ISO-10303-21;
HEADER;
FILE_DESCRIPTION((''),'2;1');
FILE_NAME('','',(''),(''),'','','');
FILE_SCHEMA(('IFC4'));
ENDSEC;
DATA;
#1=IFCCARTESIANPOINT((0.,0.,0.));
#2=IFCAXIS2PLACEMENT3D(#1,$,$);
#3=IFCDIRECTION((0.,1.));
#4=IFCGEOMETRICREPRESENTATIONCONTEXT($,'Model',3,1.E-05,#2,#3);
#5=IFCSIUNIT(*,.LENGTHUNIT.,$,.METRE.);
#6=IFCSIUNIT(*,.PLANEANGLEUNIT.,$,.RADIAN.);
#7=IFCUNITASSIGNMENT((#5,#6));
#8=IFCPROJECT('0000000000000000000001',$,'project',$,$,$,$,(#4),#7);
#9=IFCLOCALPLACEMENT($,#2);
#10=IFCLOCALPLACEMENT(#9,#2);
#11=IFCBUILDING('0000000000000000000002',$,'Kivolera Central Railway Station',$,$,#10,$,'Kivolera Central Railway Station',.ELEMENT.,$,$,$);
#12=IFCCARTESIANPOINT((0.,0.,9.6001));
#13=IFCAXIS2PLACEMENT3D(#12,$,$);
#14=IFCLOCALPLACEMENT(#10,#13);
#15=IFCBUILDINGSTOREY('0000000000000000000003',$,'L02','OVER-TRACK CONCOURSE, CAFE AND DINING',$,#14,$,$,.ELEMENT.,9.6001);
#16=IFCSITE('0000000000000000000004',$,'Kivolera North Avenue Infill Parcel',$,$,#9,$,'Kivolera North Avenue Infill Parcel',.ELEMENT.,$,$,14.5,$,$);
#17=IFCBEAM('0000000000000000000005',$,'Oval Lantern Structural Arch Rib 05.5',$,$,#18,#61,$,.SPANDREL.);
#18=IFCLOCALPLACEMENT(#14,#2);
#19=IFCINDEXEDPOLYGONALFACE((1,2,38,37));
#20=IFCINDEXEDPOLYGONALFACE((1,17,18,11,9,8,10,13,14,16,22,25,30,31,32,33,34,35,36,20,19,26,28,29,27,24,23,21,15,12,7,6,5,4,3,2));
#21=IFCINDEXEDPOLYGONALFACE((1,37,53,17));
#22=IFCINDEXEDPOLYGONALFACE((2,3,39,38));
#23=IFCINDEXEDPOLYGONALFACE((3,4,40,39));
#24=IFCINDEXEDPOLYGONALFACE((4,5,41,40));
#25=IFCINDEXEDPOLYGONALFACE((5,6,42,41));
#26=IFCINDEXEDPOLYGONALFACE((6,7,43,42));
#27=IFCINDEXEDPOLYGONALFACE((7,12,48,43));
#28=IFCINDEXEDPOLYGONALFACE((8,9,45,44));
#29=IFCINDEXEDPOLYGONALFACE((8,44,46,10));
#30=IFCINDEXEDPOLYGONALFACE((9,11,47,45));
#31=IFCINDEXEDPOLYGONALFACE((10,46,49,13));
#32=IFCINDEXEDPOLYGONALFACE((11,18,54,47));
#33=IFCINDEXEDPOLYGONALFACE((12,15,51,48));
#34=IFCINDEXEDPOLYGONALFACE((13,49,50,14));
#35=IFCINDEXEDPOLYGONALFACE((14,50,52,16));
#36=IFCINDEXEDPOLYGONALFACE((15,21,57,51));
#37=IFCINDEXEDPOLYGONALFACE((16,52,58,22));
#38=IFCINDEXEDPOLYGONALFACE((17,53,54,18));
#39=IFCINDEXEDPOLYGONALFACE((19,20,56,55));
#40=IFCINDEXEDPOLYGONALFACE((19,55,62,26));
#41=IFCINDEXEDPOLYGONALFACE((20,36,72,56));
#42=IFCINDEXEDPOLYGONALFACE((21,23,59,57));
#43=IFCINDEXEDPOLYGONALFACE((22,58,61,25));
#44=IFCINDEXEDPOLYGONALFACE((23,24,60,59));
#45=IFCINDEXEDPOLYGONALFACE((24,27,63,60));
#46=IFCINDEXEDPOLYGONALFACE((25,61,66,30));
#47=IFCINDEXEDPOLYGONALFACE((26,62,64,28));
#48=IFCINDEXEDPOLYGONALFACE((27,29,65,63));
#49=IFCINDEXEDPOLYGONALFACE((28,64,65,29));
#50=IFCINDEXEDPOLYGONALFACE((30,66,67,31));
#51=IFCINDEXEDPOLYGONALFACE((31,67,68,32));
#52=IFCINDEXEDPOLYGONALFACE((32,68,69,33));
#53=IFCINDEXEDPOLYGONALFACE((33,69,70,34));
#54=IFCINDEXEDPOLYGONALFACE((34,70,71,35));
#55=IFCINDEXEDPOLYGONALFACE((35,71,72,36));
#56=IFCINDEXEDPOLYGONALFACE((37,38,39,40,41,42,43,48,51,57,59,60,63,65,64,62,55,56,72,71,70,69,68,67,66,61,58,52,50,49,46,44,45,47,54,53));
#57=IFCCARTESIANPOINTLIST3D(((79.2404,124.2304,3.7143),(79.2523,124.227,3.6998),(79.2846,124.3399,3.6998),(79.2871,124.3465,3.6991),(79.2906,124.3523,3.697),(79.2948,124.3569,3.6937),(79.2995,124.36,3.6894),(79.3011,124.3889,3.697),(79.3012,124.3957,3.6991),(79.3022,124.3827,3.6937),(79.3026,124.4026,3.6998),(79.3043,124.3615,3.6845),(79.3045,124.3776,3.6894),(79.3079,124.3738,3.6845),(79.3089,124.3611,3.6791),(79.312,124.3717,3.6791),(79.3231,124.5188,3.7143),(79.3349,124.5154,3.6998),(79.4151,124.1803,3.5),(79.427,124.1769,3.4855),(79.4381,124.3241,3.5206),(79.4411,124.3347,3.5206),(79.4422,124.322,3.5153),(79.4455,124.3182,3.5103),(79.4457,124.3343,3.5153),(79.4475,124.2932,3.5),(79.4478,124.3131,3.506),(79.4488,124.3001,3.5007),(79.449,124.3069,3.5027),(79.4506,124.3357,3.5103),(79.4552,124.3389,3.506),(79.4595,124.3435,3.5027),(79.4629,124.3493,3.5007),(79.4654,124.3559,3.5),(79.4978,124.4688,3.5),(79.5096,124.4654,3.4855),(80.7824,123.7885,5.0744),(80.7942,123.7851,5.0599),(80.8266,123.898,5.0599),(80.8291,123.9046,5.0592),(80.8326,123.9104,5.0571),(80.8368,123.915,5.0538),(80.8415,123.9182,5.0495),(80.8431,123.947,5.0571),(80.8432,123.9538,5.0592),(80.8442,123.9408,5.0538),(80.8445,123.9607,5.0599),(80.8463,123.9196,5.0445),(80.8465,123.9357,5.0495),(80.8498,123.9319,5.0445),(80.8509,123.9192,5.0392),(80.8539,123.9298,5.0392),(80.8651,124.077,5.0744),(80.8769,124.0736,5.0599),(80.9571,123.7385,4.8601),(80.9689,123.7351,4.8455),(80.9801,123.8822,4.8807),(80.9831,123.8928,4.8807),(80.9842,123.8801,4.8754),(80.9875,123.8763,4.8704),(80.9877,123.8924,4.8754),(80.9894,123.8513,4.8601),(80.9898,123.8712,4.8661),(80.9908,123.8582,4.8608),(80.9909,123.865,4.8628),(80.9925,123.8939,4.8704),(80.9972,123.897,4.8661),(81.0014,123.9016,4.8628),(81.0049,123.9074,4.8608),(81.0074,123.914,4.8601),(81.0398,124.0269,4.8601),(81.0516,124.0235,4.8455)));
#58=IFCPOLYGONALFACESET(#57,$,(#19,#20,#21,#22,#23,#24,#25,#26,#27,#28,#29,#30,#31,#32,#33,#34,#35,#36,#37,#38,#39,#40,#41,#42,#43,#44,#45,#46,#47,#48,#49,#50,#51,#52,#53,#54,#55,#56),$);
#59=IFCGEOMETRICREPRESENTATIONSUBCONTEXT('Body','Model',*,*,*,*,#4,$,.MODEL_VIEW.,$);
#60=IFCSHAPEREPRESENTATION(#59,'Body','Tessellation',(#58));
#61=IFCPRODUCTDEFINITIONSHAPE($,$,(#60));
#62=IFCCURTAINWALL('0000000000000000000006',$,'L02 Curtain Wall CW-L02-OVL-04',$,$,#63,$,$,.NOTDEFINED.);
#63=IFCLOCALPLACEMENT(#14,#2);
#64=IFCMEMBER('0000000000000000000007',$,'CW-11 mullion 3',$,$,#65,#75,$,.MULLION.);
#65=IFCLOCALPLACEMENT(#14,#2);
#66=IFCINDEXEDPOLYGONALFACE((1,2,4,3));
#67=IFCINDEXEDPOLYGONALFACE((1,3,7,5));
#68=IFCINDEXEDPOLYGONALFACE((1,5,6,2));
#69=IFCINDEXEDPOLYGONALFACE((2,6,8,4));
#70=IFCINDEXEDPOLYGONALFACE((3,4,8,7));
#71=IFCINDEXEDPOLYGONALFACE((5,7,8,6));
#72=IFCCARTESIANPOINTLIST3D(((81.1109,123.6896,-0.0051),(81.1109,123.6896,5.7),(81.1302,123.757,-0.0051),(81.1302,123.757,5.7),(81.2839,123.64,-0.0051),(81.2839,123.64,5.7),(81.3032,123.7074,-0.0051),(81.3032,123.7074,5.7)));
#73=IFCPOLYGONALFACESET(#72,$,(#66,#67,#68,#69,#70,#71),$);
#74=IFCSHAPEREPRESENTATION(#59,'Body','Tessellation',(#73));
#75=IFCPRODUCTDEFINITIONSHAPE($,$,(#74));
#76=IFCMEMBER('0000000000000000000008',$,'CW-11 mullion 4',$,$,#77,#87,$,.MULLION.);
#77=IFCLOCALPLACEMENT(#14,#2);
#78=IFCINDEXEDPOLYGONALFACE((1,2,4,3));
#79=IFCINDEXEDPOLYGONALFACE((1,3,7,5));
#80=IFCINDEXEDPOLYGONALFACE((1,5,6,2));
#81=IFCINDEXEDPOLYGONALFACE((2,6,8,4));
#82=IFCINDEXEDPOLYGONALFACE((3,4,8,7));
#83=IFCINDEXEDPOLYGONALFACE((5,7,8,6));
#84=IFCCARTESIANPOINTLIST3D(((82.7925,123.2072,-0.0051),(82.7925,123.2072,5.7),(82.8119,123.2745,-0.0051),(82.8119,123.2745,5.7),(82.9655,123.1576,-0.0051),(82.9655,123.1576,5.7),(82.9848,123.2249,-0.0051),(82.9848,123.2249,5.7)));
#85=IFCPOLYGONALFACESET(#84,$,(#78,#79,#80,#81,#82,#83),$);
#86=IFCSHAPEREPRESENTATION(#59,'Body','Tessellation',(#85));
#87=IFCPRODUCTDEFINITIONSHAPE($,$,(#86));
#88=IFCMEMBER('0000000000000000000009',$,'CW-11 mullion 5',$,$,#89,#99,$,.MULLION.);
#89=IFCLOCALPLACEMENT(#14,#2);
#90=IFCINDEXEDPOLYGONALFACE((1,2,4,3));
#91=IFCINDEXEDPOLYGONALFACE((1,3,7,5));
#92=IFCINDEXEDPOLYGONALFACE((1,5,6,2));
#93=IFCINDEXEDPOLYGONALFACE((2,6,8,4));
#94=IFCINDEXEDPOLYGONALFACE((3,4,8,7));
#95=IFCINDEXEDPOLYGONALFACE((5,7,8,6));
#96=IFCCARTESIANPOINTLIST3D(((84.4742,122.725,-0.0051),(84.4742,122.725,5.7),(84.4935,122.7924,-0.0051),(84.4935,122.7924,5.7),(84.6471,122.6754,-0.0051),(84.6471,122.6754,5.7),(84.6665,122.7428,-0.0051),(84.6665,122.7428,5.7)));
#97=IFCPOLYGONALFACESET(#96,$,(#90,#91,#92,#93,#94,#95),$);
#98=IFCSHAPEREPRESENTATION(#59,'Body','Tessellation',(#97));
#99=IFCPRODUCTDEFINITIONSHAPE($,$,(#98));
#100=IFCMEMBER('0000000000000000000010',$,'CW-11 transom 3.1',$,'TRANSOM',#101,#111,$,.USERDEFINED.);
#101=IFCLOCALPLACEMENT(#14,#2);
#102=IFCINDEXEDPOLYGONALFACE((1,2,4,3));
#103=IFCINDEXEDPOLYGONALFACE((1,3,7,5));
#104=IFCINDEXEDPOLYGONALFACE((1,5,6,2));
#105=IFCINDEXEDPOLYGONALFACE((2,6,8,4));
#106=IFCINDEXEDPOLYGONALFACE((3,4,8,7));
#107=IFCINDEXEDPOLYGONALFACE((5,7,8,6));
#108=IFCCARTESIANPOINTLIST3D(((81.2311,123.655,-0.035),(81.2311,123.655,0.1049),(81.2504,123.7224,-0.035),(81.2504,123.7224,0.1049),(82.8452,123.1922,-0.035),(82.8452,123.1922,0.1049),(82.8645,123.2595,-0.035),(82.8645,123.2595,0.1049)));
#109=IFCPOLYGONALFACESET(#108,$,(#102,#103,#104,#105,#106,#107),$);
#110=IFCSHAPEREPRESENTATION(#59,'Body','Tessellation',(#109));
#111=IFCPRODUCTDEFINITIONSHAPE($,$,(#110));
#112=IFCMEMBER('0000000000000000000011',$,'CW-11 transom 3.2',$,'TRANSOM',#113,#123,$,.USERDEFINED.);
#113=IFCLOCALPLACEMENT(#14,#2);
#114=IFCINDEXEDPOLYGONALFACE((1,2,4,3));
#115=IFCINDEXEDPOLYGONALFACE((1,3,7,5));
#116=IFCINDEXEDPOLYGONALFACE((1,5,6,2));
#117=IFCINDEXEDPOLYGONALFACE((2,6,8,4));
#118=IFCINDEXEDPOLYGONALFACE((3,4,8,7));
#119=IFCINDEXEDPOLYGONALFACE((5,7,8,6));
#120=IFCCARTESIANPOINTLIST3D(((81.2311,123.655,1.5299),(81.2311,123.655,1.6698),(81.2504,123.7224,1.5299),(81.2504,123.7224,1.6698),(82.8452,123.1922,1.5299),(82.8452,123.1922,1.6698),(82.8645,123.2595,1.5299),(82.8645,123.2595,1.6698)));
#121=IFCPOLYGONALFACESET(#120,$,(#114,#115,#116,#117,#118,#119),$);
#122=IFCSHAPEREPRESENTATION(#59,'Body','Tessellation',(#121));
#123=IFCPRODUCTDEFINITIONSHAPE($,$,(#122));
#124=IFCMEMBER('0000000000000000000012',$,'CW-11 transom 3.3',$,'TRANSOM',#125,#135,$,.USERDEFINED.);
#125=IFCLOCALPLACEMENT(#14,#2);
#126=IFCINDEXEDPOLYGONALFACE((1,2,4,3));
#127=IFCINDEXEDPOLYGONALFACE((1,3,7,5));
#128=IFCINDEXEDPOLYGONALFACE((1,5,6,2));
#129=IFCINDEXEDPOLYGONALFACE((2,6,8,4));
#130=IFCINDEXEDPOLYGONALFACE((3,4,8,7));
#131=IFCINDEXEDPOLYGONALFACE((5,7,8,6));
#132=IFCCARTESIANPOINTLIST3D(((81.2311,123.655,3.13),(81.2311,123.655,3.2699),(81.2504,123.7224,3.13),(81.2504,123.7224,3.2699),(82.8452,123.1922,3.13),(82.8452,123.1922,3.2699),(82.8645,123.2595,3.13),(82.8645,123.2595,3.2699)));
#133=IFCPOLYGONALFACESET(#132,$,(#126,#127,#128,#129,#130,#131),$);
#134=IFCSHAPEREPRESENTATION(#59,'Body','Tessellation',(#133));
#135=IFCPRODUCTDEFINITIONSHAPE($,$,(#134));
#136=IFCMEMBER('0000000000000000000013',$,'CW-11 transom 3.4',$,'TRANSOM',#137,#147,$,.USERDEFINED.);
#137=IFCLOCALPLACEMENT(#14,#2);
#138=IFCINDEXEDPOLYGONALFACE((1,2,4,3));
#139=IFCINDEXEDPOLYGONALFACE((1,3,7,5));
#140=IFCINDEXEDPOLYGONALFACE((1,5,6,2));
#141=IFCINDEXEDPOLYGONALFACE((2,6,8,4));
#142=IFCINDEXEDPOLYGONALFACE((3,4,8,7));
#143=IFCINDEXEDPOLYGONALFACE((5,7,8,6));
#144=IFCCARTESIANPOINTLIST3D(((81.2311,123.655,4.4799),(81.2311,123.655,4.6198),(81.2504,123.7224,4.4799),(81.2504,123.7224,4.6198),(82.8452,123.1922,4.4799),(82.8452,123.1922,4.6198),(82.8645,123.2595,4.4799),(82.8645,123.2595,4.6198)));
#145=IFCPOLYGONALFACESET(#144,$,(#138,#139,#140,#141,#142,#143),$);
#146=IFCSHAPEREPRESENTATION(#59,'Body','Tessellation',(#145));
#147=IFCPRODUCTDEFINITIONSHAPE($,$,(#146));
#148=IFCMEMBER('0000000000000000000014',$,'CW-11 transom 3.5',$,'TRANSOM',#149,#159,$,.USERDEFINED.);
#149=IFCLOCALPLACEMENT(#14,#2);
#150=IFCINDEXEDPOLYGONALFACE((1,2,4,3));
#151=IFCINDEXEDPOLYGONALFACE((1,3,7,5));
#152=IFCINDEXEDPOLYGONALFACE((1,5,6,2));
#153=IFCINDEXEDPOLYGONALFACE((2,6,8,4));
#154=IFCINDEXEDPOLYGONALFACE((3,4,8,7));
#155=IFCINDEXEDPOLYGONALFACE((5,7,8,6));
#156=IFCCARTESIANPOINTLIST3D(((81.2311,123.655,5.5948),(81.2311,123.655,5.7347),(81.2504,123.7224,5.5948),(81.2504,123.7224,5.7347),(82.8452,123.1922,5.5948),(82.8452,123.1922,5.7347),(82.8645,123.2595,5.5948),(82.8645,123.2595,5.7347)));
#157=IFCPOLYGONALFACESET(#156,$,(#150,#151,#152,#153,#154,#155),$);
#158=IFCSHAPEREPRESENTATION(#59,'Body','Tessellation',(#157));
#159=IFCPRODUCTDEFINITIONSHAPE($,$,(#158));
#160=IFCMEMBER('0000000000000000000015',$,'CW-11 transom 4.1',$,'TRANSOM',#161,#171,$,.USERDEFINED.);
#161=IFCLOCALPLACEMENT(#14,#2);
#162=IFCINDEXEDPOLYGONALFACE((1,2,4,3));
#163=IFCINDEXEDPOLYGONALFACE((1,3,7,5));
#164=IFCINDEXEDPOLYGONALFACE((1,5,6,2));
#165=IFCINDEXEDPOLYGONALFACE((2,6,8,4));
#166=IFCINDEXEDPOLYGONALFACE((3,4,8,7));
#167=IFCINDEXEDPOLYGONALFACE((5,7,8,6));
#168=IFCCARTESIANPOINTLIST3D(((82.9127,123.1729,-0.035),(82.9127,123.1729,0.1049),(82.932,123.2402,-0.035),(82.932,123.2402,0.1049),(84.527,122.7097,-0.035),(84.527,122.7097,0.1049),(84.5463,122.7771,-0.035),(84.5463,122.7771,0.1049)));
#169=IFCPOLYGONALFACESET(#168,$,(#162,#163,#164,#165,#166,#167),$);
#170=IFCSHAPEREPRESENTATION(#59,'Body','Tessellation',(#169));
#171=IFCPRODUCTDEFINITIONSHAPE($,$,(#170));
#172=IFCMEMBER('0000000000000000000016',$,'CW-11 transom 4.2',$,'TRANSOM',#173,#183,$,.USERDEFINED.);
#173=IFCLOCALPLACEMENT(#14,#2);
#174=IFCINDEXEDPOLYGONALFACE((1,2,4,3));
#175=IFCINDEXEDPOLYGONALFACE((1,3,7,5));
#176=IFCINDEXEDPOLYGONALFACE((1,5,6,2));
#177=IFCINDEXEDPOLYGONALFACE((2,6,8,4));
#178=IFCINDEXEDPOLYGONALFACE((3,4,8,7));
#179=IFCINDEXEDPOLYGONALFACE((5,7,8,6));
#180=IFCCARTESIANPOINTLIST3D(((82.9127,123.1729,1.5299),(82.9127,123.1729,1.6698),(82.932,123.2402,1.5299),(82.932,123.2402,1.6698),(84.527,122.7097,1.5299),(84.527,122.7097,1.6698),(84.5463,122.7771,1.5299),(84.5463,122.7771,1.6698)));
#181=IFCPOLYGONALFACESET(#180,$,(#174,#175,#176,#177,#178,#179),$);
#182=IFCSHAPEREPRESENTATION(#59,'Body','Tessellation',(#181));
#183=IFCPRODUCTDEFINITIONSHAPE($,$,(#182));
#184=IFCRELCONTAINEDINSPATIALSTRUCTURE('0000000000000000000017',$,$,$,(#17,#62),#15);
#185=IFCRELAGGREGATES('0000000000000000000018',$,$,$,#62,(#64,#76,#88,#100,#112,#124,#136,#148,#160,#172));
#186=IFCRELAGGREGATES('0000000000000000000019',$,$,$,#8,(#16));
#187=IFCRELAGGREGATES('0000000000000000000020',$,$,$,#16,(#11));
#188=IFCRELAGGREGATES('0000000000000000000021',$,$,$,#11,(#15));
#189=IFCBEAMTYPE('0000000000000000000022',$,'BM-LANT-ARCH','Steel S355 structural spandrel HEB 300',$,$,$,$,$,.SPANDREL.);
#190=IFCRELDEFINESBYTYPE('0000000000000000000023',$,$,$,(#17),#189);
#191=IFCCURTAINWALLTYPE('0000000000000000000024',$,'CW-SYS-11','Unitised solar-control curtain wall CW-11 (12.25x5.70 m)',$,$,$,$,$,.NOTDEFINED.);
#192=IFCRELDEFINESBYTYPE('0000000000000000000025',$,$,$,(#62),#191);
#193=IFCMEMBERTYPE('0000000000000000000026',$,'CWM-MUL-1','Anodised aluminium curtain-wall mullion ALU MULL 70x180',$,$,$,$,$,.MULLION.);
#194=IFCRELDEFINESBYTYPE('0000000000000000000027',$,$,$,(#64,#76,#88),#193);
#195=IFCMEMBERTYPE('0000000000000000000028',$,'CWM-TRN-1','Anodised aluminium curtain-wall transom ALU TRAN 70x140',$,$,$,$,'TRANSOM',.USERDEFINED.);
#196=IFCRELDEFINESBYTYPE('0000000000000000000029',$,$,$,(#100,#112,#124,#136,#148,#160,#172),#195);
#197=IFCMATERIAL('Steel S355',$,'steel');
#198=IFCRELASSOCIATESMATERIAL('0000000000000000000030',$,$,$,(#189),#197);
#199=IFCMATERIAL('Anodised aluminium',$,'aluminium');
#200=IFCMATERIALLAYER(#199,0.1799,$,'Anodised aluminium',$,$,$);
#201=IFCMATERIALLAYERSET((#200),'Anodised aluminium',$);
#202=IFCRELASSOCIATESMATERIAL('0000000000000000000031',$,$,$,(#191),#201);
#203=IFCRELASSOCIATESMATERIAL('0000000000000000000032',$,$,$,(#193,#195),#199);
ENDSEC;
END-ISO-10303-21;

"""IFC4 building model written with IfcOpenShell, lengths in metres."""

from ifc_helpers import new_model, si_unit, direction, frame, origin, origin_2d, place, context, subcontext, project, spatial, rectangle, i_section, extrude, material, layer, layer_set, material_profile, profile_set, type_object, element, aggregate, save


model = new_model("IFC4")

# Units and contexts
model_context = context("Model", 3, precision=1e-05, world=origin(), true_north=direction((0.0, 1.0)))
body_context = subcontext(model_context, "Body", "Model", "MODEL_VIEW")
ifc_project = project(units=[si_unit("LENGTHUNIT", "METRE"), si_unit("PLANEANGLEUNIT", "RADIAN")], contexts=[model_context])

# Site, building, storey
site_placement = place(None, origin())
site = spatial("IfcSite", under=ifc_project, at=site_placement, Name="Kivolera North Avenue Infill Parcel", LongName="Kivolera North Avenue Infill Parcel", CompositionType="ELEMENT", RefElevation=14.5)
building_placement = place(site_placement, origin())
building = spatial("IfcBuilding", under=site, at=building_placement, Name="Kivolera Central Railway Station", LongName="Kivolera Central Railway Station", CompositionType="ELEMENT")
storey_placement = place(building_placement, frame((0.0, 0.0, 9.6001)))
storey = spatial("IfcBuildingStorey", under=building, at=storey_placement, Name="L02", Description="OVER-TRACK CONCOURSE, CAFE AND DINING", CompositionType="ELEMENT", Elevation=9.6001)

# Beam
ifc_material_1 = material(Name="Steel S355", Category="steel")
ifc_material_profile_1 = material_profile(ifc_material_1, i_section(OverallWidth=0.3, OverallDepth=0.3, WebThickness=0.011, FlangeThickness=0.019, FilletRadius=0.0271, at=origin_2d()), Name="HEB 300")
ifc_profile_set_1 = profile_set([ifc_material_profile_1], Name="Steel S355")
beam_type = type_object("IfcBeamType", Name="BM-LANT-ARCH", Description="Steel S355 structural spandrel HEB 300", PredefinedType="SPANDREL", material=ifc_profile_set_1)
beam_placement = place(storey_placement, frame((80.917, 123.906, 4.96), z_axis=(-0.73321, 0.210119, -0.646725), x_axis=(-0.275485, -0.961305, 0.0)))
element("IfcBeam", 1, at=beam_placement, inside=storey, type_object=beam_type, Name="Oval Lantern Structural Arch Rib 05.5", PredefinedType="SPANDREL", context=body_context, shape_type="SweptSolid", body=[
    extrude(i_section(OverallWidth=0.3, OverallDepth=0.3, WebThickness=0.011, FlangeThickness=0.019, FilletRadius=0.0271, at=origin_2d()), origin(), (0.0, 0.0, 1.0), 2.103),
])

# Curtain wall, members
ifc_material_2 = material(Name="Anodised aluminium", Category="aluminium")
ifc_layer_1 = layer(ifc_material_2, 0.1799, Name="Anodised aluminium")
ifc_layer_set_1 = layer_set([ifc_layer_1], Name="Anodised aluminium")
curtain_wall_type = type_object("IfcCurtainWallType", Name="CW-SYS-11", Description="Unitised solar-control curtain wall CW-11 (12.25x5.70 m)", PredefinedType="NOTDEFINED", material=ifc_layer_set_1)
curtain_wall_placement = place(storey_placement, origin())
curtain_wall = element("IfcCurtainWall", 2, at=curtain_wall_placement, inside=storey, type_object=curtain_wall_type, Name="L02 Curtain Wall CW-L02-OVL-04", PredefinedType="NOTDEFINED")
ifc_material_profile_2 = material_profile(ifc_material_2, rectangle(XDim=0.0701, YDim=0.1799, at=origin_2d()), Name="ALU MULL 70x180")
ifc_profile_set_2 = profile_set([ifc_material_profile_2], Name="Anodised aluminium")
member_type_1 = type_object("IfcMemberType", Name="CWM-MUL-1", Description="Anodised aluminium curtain-wall mullion ALU MULL 70x180", PredefinedType="MULLION", material=ifc_profile_set_2)
member_1_placement = place(storey_placement, frame((81.207, 123.6985, -0.0051), z_axis=(0.0, 0.0, 1.0), x_axis=(0.275692, 0.961246, 0.0)))
member_1 = element("IfcMember", 3, at=member_1_placement, type_object=member_type_1, Name="CW-11 mullion 3", PredefinedType="MULLION", context=body_context, shape_type="SweptSolid", body=[
    extrude(rectangle(XDim=0.0701, YDim=0.1799, at=origin_2d()), origin(), (0.0, 0.0, 1.0), 5.7051),
])
member_2_placement = place(storey_placement, frame((82.8887, 123.2161, -0.0051), z_axis=(0.0, 0.0, 1.0), x_axis=(0.275692, 0.961246, 0.0)))
member_2 = element("IfcMember", 4, at=member_2_placement, type_object=member_type_1, Name="CW-11 mullion 4", PredefinedType="MULLION", context=body_context, shape_type="SweptSolid", body=[
    extrude(rectangle(XDim=0.0701, YDim=0.1799, at=origin_2d()), origin(), (0.0, 0.0, 1.0), 5.7051),
])
member_3_placement = place(storey_placement, frame((84.5703, 122.7339, -0.0051), z_axis=(0.0, 0.0, 1.0), x_axis=(0.275692, 0.961246, 0.0)))
member_3 = element("IfcMember", 5, at=member_3_placement, type_object=member_type_1, Name="CW-11 mullion 5", PredefinedType="MULLION", context=body_context, shape_type="SweptSolid", body=[
    extrude(rectangle(XDim=0.0701, YDim=0.1799, at=origin_2d()), origin(), (0.0, 0.0, 1.0), 5.7051),
])
ifc_material_profile_3 = material_profile(ifc_material_2, rectangle(XDim=0.0701, YDim=0.1399, at=origin_2d()), Name="ALU TRAN 70x140")
ifc_profile_set_3 = profile_set([ifc_material_profile_3], Name="Anodised aluminium")
member_type_2 = type_object("IfcMemberType", Name="CWM-TRN-1", Description="Anodised aluminium curtain-wall transom ALU TRAN 70x140", ElementType="TRANSOM", PredefinedType="USERDEFINED", material=ifc_profile_set_3)
member_4_placement = place(storey_placement, frame((81.2407, 123.6887, 0.0349), z_axis=(0.96126, -0.275643, 0.0), x_axis=(0.275643, 0.96126, 0.0)))
member_4 = element("IfcMember", 6, at=member_4_placement, type_object=member_type_2, Name="CW-11 transom 3.1", ObjectType="TRANSOM", PredefinedType="USERDEFINED", context=body_context, shape_type="SweptSolid", body=[
    extrude(rectangle(XDim=0.0701, YDim=0.1399, at=origin_2d()), origin(), (0.0, 0.0, 1.0), 1.6792),
])
member_5_placement = place(storey_placement, frame((81.2407, 123.6887, 1.5999), z_axis=(0.96126, -0.275643, 0.0), x_axis=(0.275643, 0.96126, 0.0)))
member_5 = element("IfcMember", 7, at=member_5_placement, type_object=member_type_2, Name="CW-11 transom 3.2", ObjectType="TRANSOM", PredefinedType="USERDEFINED", context=body_context, shape_type="SweptSolid", body=[
    extrude(rectangle(XDim=0.0701, YDim=0.1399, at=origin_2d()), origin(), (0.0, 0.0, 1.0), 1.6792),
])
member_6_placement = place(storey_placement, frame((81.2407, 123.6887, 3.2), z_axis=(0.96126, -0.275643, 0.0), x_axis=(0.275643, 0.96126, 0.0)))
member_6 = element("IfcMember", 8, at=member_6_placement, type_object=member_type_2, Name="CW-11 transom 3.3", ObjectType="TRANSOM", PredefinedType="USERDEFINED", context=body_context, shape_type="SweptSolid", body=[
    extrude(rectangle(XDim=0.0701, YDim=0.1399, at=origin_2d()), origin(), (0.0, 0.0, 1.0), 1.6792),
])
member_7_placement = place(storey_placement, frame((81.2407, 123.6887, 4.5498), z_axis=(0.96126, -0.275643, 0.0), x_axis=(0.275643, 0.96126, 0.0)))
member_7 = element("IfcMember", 9, at=member_7_placement, type_object=member_type_2, Name="CW-11 transom 3.4", ObjectType="TRANSOM", PredefinedType="USERDEFINED", context=body_context, shape_type="SweptSolid", body=[
    extrude(rectangle(XDim=0.0701, YDim=0.1399, at=origin_2d()), origin(), (0.0, 0.0, 1.0), 1.6792),
])
member_8_placement = place(storey_placement, frame((81.2407, 123.6887, 5.6648), z_axis=(0.96126, -0.275643, 0.0), x_axis=(0.275643, 0.96126, 0.0)))
member_8 = element("IfcMember", 10, at=member_8_placement, type_object=member_type_2, Name="CW-11 transom 3.5", ObjectType="TRANSOM", PredefinedType="USERDEFINED", context=body_context, shape_type="SweptSolid", body=[
    extrude(rectangle(XDim=0.0701, YDim=0.1399, at=origin_2d()), origin(), (0.0, 0.0, 1.0), 1.6792),
])
member_9_placement = place(storey_placement, frame((82.9224, 123.2065, 0.0349), z_axis=(0.961222, -0.275777, 0.0), x_axis=(0.275777, 0.961222, 0.0)))
member_9 = element("IfcMember", 11, at=member_9_placement, type_object=member_type_2, Name="CW-11 transom 4.1", ObjectType="TRANSOM", PredefinedType="USERDEFINED", context=body_context, shape_type="SweptSolid", body=[
    extrude(rectangle(XDim=0.0701, YDim=0.1399, at=origin_2d()), origin(), (0.0, 0.0, 1.0), 1.6794),
])
member_10_placement = place(storey_placement, frame((82.9224, 123.2065, 1.5999), z_axis=(0.961222, -0.275777, 0.0), x_axis=(0.275777, 0.961222, 0.0)))
member_10 = element("IfcMember", 12, at=member_10_placement, type_object=member_type_2, Name="CW-11 transom 4.2", ObjectType="TRANSOM", PredefinedType="USERDEFINED", context=body_context, shape_type="SweptSolid", body=[
    extrude(rectangle(XDim=0.0701, YDim=0.1399, at=origin_2d()), origin(), (0.0, 0.0, 1.0), 1.6794),
])
aggregate(curtain_wall, [member_1, member_2, member_3, member_4, member_5, member_6, member_7, member_8, member_9, member_10])

save(model, "model.ifc")
